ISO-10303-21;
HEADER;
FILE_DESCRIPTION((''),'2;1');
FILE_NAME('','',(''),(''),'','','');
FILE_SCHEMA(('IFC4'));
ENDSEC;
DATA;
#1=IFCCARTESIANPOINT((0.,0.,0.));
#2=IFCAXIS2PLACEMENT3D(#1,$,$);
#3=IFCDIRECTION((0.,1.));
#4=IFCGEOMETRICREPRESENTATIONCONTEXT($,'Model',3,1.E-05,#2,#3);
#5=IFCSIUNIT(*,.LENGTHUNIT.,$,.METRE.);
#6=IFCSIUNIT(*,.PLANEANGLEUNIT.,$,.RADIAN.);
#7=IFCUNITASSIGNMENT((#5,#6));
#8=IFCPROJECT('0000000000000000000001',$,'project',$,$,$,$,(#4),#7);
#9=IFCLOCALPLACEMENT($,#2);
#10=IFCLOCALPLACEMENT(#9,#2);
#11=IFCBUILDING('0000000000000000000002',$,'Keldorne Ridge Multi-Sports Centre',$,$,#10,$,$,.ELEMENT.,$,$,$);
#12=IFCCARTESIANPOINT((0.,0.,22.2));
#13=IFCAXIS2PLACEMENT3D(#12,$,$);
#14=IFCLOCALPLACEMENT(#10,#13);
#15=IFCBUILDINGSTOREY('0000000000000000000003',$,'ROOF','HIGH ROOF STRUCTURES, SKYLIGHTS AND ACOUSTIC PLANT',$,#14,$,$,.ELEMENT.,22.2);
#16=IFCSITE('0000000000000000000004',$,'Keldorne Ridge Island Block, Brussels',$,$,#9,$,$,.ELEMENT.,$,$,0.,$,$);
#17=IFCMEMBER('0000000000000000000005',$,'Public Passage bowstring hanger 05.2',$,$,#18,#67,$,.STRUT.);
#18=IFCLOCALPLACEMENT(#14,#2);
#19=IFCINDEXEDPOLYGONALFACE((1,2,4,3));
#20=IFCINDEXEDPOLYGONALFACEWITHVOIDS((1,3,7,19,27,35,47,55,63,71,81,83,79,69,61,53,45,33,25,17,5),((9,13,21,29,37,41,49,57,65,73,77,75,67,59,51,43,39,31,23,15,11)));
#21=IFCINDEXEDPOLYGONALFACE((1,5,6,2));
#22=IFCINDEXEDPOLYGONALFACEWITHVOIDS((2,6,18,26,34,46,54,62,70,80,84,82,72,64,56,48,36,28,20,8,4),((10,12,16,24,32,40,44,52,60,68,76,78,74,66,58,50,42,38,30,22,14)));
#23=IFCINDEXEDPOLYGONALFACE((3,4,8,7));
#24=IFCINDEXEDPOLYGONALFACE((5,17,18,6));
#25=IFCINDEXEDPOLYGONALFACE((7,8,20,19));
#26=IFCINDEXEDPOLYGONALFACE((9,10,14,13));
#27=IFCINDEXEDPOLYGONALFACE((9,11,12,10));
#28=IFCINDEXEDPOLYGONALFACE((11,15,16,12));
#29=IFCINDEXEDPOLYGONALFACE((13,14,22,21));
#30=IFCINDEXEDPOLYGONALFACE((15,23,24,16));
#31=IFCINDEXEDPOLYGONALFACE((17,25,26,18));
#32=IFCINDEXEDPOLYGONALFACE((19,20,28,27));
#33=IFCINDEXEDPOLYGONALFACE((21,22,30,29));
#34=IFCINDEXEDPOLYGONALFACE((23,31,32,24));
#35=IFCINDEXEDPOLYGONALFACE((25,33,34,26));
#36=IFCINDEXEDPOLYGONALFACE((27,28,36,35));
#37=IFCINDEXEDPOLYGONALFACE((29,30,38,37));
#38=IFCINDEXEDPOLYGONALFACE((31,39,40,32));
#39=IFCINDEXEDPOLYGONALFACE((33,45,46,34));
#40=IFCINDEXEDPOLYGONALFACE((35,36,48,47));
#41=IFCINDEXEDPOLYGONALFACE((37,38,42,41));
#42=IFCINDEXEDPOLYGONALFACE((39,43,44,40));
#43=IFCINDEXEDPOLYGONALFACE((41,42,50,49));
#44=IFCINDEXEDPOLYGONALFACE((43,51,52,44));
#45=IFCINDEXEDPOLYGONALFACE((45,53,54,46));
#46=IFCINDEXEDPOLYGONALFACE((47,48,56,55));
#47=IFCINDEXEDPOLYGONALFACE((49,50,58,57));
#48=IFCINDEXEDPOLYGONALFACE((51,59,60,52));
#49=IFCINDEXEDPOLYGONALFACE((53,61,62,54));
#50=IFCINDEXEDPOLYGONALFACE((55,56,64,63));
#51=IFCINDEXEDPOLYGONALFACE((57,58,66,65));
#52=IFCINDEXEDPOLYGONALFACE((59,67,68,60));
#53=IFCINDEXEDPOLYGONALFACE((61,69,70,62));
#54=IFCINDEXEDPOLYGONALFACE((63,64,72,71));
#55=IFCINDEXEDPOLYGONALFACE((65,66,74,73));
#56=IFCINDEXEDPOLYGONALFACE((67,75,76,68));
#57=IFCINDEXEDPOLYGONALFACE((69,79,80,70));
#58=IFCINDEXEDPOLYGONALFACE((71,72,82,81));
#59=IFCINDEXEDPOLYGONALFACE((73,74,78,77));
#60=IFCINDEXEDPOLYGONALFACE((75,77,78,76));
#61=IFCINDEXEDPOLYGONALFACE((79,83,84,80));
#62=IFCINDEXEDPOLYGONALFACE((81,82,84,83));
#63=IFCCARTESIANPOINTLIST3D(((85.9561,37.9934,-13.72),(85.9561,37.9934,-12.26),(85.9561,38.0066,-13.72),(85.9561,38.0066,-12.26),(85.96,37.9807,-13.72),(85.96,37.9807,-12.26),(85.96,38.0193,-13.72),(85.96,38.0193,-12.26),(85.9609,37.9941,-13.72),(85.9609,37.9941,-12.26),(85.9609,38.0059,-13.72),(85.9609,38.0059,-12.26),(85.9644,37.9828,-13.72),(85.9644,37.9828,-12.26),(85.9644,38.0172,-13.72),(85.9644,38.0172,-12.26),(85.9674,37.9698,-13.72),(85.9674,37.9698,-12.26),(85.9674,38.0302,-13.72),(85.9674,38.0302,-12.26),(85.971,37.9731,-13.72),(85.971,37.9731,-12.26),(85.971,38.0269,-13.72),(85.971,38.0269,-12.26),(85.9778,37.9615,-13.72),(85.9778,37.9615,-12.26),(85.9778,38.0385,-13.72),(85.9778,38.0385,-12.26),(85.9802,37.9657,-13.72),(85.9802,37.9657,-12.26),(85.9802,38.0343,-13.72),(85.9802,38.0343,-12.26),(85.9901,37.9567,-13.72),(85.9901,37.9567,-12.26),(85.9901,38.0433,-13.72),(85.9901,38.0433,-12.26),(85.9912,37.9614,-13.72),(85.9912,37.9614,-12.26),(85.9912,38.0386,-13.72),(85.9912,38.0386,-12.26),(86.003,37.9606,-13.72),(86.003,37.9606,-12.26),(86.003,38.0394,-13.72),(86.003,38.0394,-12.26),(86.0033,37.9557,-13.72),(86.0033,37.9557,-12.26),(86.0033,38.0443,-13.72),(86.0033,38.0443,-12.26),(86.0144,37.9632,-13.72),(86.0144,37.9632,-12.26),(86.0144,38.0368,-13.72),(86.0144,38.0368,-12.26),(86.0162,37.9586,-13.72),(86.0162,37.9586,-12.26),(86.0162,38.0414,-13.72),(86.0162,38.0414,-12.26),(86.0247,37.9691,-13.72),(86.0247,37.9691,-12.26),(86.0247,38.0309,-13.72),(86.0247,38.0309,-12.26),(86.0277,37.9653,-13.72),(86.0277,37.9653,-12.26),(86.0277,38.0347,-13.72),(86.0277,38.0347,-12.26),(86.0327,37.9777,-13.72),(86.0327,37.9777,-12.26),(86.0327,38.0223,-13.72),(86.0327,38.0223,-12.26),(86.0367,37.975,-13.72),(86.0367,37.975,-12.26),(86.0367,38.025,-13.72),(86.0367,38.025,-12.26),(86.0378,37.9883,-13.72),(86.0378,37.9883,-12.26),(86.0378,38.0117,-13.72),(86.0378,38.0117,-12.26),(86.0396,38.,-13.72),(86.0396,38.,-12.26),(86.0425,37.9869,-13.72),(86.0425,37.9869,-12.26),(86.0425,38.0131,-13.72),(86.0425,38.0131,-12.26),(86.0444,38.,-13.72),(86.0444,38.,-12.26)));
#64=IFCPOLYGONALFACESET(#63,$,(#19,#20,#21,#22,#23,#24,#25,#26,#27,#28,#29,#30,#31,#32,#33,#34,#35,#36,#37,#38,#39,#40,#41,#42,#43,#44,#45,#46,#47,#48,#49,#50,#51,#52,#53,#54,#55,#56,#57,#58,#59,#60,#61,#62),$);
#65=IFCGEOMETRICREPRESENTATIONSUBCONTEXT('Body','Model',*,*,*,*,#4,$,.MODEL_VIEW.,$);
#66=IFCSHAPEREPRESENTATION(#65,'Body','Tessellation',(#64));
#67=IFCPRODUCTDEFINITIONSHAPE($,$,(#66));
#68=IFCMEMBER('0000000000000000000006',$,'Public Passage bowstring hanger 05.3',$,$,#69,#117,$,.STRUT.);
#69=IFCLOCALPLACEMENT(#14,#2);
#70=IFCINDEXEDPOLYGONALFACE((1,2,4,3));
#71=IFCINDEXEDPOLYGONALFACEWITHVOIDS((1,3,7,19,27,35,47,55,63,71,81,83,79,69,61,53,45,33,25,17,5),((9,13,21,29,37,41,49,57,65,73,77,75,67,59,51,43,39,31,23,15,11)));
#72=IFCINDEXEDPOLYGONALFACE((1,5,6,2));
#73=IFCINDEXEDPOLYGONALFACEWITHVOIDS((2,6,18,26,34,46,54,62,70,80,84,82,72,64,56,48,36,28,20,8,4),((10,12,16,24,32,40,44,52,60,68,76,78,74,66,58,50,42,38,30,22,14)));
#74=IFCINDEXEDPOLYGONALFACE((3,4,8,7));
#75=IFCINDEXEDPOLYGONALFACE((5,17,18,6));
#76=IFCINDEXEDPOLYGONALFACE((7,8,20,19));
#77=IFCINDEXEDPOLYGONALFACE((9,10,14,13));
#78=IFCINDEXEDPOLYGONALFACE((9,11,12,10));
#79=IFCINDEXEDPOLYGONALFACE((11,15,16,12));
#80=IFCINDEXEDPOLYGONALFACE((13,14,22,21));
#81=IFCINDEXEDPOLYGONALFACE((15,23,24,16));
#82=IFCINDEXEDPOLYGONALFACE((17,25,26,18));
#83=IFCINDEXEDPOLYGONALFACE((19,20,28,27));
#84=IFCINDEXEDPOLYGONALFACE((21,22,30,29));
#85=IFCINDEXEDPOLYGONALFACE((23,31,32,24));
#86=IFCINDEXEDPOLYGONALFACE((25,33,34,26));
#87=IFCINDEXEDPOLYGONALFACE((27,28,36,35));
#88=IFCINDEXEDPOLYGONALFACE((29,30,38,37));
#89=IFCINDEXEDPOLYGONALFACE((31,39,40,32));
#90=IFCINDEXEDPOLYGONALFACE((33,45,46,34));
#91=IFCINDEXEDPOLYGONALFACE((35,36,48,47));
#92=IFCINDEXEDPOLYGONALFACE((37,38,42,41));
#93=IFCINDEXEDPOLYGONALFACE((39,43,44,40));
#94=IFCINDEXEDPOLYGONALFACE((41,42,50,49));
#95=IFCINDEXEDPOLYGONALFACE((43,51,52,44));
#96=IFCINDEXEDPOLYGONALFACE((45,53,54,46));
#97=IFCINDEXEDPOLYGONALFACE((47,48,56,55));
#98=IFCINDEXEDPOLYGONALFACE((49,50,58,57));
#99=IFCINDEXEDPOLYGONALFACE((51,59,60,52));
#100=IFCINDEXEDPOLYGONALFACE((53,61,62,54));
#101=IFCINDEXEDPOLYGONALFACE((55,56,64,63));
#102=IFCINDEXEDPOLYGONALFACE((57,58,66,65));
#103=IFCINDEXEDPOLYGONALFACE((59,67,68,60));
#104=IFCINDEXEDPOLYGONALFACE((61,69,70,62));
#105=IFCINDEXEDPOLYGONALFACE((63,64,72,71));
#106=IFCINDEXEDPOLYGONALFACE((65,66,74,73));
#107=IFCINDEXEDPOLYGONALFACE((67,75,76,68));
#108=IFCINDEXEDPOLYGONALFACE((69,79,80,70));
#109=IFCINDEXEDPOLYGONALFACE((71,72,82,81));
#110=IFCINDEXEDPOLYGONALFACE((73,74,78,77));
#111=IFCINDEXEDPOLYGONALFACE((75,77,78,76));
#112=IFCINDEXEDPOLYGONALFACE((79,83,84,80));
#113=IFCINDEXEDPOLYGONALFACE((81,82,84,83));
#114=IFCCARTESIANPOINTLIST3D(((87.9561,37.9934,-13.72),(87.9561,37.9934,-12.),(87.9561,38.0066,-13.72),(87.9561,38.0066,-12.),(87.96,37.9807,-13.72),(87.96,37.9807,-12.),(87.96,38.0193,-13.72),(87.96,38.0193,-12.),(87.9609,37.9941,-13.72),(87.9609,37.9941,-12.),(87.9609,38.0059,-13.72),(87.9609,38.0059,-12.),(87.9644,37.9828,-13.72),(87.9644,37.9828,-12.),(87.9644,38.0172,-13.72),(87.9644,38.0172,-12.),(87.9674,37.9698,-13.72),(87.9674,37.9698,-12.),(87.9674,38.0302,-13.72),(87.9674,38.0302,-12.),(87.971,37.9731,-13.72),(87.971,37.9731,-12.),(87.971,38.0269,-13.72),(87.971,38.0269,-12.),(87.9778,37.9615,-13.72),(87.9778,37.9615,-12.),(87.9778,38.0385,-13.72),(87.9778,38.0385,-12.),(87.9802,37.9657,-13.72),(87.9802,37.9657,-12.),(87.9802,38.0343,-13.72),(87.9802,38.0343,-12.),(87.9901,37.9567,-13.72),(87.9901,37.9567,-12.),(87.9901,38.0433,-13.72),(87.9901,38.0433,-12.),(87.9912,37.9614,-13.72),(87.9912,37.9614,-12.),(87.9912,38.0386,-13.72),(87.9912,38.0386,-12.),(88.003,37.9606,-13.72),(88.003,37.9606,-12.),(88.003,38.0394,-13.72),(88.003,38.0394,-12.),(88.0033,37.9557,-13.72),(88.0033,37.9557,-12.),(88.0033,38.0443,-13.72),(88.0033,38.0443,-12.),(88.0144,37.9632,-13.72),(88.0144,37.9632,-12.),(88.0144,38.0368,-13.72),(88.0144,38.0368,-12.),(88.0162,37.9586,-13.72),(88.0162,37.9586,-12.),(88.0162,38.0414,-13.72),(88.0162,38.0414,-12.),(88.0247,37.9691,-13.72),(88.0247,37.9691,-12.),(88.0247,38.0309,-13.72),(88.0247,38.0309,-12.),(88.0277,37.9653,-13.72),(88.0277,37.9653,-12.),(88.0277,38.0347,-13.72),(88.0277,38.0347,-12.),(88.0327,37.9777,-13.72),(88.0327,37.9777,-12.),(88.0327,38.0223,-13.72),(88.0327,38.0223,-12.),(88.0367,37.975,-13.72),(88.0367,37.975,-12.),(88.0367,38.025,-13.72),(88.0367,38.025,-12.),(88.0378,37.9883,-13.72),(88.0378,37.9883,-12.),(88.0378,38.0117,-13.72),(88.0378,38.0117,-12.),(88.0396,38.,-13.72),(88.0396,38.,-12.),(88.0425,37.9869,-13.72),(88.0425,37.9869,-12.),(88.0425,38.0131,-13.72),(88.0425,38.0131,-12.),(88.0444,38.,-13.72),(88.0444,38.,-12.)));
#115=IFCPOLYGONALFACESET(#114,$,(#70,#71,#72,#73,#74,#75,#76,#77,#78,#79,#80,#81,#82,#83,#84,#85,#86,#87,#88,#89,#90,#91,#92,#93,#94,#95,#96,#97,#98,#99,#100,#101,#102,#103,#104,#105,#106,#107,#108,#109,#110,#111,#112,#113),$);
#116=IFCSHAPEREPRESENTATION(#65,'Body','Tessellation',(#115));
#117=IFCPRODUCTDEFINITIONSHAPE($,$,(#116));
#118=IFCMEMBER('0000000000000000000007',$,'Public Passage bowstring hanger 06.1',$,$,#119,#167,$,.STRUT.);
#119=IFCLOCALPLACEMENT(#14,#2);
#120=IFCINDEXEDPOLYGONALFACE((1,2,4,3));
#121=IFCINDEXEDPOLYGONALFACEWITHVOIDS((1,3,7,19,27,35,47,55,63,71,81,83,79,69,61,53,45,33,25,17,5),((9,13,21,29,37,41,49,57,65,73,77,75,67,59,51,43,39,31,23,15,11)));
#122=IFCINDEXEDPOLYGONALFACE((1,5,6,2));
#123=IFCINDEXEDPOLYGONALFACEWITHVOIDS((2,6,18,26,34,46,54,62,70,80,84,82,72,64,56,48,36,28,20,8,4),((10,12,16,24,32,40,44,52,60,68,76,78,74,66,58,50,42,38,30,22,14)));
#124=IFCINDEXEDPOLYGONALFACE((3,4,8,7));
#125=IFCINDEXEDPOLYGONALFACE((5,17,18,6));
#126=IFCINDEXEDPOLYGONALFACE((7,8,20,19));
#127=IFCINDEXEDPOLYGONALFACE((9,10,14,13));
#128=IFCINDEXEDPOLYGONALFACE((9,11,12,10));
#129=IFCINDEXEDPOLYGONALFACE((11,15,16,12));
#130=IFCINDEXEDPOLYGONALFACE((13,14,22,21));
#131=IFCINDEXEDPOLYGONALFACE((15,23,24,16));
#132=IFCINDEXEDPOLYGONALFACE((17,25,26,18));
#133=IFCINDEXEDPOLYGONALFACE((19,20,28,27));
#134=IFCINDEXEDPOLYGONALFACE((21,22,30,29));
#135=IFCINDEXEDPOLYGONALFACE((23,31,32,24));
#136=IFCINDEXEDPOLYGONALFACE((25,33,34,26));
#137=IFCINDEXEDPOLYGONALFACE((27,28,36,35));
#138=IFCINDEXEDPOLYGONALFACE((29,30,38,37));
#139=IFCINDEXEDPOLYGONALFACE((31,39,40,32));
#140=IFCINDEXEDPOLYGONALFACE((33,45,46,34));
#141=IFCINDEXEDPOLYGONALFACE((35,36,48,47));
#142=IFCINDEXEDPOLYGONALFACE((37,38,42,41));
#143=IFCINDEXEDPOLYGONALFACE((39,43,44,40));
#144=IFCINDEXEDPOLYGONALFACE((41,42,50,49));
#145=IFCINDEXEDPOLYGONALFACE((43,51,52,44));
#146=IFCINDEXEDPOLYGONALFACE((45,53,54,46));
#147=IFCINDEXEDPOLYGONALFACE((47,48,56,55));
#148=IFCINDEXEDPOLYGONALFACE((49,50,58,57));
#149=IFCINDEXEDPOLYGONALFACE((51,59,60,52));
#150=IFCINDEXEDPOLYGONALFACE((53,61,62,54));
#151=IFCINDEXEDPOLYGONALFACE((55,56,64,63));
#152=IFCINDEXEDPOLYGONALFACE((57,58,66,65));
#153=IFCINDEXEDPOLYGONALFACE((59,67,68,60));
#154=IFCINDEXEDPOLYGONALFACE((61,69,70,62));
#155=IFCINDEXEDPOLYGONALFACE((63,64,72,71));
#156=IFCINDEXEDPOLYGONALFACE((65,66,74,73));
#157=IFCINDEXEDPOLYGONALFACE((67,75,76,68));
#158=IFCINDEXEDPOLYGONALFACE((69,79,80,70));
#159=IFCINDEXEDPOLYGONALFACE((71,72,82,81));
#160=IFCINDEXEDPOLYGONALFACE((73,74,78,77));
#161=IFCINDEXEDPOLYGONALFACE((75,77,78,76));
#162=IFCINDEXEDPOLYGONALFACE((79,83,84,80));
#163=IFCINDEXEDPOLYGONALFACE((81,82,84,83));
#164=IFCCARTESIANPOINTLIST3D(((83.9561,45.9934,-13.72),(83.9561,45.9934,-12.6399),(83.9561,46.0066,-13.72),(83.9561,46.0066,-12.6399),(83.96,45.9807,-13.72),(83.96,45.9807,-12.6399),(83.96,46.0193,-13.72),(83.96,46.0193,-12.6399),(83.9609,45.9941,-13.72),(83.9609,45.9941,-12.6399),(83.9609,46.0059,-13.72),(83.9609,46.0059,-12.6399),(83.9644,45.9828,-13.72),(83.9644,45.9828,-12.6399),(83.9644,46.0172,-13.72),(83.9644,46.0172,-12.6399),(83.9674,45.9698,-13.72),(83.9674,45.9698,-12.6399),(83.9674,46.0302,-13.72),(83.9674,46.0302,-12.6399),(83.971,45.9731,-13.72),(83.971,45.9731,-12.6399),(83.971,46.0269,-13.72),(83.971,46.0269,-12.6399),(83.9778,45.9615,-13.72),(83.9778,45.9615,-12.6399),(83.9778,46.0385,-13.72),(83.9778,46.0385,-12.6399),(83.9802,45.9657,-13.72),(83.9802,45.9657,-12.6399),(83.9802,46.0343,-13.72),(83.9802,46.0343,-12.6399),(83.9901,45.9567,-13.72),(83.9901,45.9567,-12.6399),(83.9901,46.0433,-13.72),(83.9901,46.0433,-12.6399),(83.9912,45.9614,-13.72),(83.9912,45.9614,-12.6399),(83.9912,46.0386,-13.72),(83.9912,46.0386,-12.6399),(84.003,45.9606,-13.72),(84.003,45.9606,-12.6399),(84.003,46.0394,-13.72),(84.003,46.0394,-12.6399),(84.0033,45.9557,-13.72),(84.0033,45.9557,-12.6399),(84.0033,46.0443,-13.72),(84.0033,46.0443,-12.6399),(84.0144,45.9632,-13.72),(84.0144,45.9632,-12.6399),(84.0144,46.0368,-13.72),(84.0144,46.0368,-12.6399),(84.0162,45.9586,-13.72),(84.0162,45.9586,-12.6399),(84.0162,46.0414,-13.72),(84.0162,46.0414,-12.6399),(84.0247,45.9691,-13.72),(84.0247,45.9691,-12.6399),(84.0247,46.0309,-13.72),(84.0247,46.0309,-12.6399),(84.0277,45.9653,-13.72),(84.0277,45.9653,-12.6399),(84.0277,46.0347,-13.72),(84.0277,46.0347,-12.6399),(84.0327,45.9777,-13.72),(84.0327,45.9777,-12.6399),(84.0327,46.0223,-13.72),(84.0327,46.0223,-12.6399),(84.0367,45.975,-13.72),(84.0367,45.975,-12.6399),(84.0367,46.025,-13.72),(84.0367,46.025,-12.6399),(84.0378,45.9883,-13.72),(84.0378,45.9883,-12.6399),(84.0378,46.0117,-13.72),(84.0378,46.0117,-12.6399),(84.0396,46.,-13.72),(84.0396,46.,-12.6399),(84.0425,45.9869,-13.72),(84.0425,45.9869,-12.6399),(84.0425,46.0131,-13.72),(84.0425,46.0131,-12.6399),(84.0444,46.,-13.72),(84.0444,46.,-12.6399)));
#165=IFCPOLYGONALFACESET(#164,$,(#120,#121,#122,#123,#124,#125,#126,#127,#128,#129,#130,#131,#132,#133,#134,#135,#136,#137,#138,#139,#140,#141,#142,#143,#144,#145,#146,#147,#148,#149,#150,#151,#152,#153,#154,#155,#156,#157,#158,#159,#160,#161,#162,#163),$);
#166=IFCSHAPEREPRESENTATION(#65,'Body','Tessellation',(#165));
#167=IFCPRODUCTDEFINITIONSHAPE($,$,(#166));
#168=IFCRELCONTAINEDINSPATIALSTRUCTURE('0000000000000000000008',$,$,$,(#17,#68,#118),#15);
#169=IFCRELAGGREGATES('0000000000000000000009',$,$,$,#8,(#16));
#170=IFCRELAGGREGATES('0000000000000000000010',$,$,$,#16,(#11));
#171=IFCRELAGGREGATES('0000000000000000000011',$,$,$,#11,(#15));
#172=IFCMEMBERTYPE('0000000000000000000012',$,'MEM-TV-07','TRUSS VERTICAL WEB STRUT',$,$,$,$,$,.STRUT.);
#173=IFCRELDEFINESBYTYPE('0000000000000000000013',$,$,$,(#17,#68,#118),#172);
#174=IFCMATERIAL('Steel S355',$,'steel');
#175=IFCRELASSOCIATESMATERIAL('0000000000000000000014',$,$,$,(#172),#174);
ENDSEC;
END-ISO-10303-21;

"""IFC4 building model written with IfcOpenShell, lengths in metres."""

from ifc_helpers import new_model, si_unit, direction, frame, origin, origin_2d, place, context, subcontext, project, spatial, hollow_circle, extrude, material, material_profile, profile_set, type_object, element, save


model = new_model("IFC4")

# Units and contexts
model_context = context("Model", 3, precision=1e-05, world=origin(), true_north=direction((0.0, 1.0)))
body_context = subcontext(model_context, "Body", "Model", "MODEL_VIEW")
ifc_project = project(units=[si_unit("LENGTHUNIT", "METRE"), si_unit("PLANEANGLEUNIT", "RADIAN")], contexts=[model_context])

# Site, building, storey
site_placement = place(None, origin())
site = spatial("IfcSite", under=ifc_project, at=site_placement, Name="Keldorne Ridge Island Block, Brussels", CompositionType="ELEMENT", RefElevation=0.0)
building_placement = place(site_placement, origin())
building = spatial("IfcBuilding", under=site, at=building_placement, Name="Keldorne Ridge Multi-Sports Centre", CompositionType="ELEMENT")
storey_placement = place(building_placement, frame((0.0, 0.0, 22.2)))
storey = spatial("IfcBuildingStorey", under=building, at=storey_placement, Name="ROOF", Description="HIGH ROOF STRUCTURES, SKYLIGHTS AND ACOUSTIC PLANT", CompositionType="ELEMENT", Elevation=22.2)

# Members
ifc_material = material(Name="Steel S355", Category="steel")
ifc_material_profile_1 = material_profile(ifc_material, hollow_circle(Radius=0.0444, WallThickness=0.0049, at=origin_2d()), Name="CHS 88.9x5")
ifc_profile_set_1 = profile_set([ifc_material_profile_1], Name="Steel S355")
member_type_1 = type_object("IfcMemberType", Name="MEM-TV-07", Description="TRUSS VERTICAL WEB STRUT", PredefinedType="STRUT", material=ifc_profile_set_1)
member_1_placement = place(storey_placement, frame((86.0, 38.0, -13.72), z_axis=(0.0, 0.0, 1.0), x_axis=(1.0, 0.0, 0.0)))
element("IfcMember", 1, at=member_1_placement, inside=storey, type_object=member_type_1, Name="Public Passage bowstring hanger 05.2", PredefinedType="STRUT", context=body_context, shape_type="SweptSolid", body=[
    extrude(hollow_circle(Radius=0.0444, WallThickness=0.0049, at=origin_2d()), origin(), (0.0, 0.0, 1.0), 1.46),
])
member_2_placement = place(storey_placement, frame((88.0, 38.0, -13.72), z_axis=(0.0, 0.0, 1.0), x_axis=(1.0, 0.0, 0.0)))
element("IfcMember", 2, at=member_2_placement, inside=storey, type_object=member_type_1, Name="Public Passage bowstring hanger 05.3", PredefinedType="STRUT", context=body_context, shape_type="SweptSolid", body=[
    extrude(hollow_circle(Radius=0.0444, WallThickness=0.0049, at=origin_2d()), origin(), (0.0, 0.0, 1.0), 1.72),
])
member_3_placement = place(storey_placement, frame((84.0, 46.0, -13.72), z_axis=(0.0, 0.0, 1.0), x_axis=(1.0, 0.0, 0.0)))
element("IfcMember", 3, at=member_3_placement, inside=storey, type_object=member_type_1, Name="Public Passage bowstring hanger 06.1", PredefinedType="STRUT", context=body_context, shape_type="SweptSolid", body=[
    extrude(hollow_circle(Radius=0.0444, WallThickness=0.0049, at=origin_2d()), origin(), (0.0, 0.0, 1.0), 1.0801),
])

save(model, "model.ifc")
